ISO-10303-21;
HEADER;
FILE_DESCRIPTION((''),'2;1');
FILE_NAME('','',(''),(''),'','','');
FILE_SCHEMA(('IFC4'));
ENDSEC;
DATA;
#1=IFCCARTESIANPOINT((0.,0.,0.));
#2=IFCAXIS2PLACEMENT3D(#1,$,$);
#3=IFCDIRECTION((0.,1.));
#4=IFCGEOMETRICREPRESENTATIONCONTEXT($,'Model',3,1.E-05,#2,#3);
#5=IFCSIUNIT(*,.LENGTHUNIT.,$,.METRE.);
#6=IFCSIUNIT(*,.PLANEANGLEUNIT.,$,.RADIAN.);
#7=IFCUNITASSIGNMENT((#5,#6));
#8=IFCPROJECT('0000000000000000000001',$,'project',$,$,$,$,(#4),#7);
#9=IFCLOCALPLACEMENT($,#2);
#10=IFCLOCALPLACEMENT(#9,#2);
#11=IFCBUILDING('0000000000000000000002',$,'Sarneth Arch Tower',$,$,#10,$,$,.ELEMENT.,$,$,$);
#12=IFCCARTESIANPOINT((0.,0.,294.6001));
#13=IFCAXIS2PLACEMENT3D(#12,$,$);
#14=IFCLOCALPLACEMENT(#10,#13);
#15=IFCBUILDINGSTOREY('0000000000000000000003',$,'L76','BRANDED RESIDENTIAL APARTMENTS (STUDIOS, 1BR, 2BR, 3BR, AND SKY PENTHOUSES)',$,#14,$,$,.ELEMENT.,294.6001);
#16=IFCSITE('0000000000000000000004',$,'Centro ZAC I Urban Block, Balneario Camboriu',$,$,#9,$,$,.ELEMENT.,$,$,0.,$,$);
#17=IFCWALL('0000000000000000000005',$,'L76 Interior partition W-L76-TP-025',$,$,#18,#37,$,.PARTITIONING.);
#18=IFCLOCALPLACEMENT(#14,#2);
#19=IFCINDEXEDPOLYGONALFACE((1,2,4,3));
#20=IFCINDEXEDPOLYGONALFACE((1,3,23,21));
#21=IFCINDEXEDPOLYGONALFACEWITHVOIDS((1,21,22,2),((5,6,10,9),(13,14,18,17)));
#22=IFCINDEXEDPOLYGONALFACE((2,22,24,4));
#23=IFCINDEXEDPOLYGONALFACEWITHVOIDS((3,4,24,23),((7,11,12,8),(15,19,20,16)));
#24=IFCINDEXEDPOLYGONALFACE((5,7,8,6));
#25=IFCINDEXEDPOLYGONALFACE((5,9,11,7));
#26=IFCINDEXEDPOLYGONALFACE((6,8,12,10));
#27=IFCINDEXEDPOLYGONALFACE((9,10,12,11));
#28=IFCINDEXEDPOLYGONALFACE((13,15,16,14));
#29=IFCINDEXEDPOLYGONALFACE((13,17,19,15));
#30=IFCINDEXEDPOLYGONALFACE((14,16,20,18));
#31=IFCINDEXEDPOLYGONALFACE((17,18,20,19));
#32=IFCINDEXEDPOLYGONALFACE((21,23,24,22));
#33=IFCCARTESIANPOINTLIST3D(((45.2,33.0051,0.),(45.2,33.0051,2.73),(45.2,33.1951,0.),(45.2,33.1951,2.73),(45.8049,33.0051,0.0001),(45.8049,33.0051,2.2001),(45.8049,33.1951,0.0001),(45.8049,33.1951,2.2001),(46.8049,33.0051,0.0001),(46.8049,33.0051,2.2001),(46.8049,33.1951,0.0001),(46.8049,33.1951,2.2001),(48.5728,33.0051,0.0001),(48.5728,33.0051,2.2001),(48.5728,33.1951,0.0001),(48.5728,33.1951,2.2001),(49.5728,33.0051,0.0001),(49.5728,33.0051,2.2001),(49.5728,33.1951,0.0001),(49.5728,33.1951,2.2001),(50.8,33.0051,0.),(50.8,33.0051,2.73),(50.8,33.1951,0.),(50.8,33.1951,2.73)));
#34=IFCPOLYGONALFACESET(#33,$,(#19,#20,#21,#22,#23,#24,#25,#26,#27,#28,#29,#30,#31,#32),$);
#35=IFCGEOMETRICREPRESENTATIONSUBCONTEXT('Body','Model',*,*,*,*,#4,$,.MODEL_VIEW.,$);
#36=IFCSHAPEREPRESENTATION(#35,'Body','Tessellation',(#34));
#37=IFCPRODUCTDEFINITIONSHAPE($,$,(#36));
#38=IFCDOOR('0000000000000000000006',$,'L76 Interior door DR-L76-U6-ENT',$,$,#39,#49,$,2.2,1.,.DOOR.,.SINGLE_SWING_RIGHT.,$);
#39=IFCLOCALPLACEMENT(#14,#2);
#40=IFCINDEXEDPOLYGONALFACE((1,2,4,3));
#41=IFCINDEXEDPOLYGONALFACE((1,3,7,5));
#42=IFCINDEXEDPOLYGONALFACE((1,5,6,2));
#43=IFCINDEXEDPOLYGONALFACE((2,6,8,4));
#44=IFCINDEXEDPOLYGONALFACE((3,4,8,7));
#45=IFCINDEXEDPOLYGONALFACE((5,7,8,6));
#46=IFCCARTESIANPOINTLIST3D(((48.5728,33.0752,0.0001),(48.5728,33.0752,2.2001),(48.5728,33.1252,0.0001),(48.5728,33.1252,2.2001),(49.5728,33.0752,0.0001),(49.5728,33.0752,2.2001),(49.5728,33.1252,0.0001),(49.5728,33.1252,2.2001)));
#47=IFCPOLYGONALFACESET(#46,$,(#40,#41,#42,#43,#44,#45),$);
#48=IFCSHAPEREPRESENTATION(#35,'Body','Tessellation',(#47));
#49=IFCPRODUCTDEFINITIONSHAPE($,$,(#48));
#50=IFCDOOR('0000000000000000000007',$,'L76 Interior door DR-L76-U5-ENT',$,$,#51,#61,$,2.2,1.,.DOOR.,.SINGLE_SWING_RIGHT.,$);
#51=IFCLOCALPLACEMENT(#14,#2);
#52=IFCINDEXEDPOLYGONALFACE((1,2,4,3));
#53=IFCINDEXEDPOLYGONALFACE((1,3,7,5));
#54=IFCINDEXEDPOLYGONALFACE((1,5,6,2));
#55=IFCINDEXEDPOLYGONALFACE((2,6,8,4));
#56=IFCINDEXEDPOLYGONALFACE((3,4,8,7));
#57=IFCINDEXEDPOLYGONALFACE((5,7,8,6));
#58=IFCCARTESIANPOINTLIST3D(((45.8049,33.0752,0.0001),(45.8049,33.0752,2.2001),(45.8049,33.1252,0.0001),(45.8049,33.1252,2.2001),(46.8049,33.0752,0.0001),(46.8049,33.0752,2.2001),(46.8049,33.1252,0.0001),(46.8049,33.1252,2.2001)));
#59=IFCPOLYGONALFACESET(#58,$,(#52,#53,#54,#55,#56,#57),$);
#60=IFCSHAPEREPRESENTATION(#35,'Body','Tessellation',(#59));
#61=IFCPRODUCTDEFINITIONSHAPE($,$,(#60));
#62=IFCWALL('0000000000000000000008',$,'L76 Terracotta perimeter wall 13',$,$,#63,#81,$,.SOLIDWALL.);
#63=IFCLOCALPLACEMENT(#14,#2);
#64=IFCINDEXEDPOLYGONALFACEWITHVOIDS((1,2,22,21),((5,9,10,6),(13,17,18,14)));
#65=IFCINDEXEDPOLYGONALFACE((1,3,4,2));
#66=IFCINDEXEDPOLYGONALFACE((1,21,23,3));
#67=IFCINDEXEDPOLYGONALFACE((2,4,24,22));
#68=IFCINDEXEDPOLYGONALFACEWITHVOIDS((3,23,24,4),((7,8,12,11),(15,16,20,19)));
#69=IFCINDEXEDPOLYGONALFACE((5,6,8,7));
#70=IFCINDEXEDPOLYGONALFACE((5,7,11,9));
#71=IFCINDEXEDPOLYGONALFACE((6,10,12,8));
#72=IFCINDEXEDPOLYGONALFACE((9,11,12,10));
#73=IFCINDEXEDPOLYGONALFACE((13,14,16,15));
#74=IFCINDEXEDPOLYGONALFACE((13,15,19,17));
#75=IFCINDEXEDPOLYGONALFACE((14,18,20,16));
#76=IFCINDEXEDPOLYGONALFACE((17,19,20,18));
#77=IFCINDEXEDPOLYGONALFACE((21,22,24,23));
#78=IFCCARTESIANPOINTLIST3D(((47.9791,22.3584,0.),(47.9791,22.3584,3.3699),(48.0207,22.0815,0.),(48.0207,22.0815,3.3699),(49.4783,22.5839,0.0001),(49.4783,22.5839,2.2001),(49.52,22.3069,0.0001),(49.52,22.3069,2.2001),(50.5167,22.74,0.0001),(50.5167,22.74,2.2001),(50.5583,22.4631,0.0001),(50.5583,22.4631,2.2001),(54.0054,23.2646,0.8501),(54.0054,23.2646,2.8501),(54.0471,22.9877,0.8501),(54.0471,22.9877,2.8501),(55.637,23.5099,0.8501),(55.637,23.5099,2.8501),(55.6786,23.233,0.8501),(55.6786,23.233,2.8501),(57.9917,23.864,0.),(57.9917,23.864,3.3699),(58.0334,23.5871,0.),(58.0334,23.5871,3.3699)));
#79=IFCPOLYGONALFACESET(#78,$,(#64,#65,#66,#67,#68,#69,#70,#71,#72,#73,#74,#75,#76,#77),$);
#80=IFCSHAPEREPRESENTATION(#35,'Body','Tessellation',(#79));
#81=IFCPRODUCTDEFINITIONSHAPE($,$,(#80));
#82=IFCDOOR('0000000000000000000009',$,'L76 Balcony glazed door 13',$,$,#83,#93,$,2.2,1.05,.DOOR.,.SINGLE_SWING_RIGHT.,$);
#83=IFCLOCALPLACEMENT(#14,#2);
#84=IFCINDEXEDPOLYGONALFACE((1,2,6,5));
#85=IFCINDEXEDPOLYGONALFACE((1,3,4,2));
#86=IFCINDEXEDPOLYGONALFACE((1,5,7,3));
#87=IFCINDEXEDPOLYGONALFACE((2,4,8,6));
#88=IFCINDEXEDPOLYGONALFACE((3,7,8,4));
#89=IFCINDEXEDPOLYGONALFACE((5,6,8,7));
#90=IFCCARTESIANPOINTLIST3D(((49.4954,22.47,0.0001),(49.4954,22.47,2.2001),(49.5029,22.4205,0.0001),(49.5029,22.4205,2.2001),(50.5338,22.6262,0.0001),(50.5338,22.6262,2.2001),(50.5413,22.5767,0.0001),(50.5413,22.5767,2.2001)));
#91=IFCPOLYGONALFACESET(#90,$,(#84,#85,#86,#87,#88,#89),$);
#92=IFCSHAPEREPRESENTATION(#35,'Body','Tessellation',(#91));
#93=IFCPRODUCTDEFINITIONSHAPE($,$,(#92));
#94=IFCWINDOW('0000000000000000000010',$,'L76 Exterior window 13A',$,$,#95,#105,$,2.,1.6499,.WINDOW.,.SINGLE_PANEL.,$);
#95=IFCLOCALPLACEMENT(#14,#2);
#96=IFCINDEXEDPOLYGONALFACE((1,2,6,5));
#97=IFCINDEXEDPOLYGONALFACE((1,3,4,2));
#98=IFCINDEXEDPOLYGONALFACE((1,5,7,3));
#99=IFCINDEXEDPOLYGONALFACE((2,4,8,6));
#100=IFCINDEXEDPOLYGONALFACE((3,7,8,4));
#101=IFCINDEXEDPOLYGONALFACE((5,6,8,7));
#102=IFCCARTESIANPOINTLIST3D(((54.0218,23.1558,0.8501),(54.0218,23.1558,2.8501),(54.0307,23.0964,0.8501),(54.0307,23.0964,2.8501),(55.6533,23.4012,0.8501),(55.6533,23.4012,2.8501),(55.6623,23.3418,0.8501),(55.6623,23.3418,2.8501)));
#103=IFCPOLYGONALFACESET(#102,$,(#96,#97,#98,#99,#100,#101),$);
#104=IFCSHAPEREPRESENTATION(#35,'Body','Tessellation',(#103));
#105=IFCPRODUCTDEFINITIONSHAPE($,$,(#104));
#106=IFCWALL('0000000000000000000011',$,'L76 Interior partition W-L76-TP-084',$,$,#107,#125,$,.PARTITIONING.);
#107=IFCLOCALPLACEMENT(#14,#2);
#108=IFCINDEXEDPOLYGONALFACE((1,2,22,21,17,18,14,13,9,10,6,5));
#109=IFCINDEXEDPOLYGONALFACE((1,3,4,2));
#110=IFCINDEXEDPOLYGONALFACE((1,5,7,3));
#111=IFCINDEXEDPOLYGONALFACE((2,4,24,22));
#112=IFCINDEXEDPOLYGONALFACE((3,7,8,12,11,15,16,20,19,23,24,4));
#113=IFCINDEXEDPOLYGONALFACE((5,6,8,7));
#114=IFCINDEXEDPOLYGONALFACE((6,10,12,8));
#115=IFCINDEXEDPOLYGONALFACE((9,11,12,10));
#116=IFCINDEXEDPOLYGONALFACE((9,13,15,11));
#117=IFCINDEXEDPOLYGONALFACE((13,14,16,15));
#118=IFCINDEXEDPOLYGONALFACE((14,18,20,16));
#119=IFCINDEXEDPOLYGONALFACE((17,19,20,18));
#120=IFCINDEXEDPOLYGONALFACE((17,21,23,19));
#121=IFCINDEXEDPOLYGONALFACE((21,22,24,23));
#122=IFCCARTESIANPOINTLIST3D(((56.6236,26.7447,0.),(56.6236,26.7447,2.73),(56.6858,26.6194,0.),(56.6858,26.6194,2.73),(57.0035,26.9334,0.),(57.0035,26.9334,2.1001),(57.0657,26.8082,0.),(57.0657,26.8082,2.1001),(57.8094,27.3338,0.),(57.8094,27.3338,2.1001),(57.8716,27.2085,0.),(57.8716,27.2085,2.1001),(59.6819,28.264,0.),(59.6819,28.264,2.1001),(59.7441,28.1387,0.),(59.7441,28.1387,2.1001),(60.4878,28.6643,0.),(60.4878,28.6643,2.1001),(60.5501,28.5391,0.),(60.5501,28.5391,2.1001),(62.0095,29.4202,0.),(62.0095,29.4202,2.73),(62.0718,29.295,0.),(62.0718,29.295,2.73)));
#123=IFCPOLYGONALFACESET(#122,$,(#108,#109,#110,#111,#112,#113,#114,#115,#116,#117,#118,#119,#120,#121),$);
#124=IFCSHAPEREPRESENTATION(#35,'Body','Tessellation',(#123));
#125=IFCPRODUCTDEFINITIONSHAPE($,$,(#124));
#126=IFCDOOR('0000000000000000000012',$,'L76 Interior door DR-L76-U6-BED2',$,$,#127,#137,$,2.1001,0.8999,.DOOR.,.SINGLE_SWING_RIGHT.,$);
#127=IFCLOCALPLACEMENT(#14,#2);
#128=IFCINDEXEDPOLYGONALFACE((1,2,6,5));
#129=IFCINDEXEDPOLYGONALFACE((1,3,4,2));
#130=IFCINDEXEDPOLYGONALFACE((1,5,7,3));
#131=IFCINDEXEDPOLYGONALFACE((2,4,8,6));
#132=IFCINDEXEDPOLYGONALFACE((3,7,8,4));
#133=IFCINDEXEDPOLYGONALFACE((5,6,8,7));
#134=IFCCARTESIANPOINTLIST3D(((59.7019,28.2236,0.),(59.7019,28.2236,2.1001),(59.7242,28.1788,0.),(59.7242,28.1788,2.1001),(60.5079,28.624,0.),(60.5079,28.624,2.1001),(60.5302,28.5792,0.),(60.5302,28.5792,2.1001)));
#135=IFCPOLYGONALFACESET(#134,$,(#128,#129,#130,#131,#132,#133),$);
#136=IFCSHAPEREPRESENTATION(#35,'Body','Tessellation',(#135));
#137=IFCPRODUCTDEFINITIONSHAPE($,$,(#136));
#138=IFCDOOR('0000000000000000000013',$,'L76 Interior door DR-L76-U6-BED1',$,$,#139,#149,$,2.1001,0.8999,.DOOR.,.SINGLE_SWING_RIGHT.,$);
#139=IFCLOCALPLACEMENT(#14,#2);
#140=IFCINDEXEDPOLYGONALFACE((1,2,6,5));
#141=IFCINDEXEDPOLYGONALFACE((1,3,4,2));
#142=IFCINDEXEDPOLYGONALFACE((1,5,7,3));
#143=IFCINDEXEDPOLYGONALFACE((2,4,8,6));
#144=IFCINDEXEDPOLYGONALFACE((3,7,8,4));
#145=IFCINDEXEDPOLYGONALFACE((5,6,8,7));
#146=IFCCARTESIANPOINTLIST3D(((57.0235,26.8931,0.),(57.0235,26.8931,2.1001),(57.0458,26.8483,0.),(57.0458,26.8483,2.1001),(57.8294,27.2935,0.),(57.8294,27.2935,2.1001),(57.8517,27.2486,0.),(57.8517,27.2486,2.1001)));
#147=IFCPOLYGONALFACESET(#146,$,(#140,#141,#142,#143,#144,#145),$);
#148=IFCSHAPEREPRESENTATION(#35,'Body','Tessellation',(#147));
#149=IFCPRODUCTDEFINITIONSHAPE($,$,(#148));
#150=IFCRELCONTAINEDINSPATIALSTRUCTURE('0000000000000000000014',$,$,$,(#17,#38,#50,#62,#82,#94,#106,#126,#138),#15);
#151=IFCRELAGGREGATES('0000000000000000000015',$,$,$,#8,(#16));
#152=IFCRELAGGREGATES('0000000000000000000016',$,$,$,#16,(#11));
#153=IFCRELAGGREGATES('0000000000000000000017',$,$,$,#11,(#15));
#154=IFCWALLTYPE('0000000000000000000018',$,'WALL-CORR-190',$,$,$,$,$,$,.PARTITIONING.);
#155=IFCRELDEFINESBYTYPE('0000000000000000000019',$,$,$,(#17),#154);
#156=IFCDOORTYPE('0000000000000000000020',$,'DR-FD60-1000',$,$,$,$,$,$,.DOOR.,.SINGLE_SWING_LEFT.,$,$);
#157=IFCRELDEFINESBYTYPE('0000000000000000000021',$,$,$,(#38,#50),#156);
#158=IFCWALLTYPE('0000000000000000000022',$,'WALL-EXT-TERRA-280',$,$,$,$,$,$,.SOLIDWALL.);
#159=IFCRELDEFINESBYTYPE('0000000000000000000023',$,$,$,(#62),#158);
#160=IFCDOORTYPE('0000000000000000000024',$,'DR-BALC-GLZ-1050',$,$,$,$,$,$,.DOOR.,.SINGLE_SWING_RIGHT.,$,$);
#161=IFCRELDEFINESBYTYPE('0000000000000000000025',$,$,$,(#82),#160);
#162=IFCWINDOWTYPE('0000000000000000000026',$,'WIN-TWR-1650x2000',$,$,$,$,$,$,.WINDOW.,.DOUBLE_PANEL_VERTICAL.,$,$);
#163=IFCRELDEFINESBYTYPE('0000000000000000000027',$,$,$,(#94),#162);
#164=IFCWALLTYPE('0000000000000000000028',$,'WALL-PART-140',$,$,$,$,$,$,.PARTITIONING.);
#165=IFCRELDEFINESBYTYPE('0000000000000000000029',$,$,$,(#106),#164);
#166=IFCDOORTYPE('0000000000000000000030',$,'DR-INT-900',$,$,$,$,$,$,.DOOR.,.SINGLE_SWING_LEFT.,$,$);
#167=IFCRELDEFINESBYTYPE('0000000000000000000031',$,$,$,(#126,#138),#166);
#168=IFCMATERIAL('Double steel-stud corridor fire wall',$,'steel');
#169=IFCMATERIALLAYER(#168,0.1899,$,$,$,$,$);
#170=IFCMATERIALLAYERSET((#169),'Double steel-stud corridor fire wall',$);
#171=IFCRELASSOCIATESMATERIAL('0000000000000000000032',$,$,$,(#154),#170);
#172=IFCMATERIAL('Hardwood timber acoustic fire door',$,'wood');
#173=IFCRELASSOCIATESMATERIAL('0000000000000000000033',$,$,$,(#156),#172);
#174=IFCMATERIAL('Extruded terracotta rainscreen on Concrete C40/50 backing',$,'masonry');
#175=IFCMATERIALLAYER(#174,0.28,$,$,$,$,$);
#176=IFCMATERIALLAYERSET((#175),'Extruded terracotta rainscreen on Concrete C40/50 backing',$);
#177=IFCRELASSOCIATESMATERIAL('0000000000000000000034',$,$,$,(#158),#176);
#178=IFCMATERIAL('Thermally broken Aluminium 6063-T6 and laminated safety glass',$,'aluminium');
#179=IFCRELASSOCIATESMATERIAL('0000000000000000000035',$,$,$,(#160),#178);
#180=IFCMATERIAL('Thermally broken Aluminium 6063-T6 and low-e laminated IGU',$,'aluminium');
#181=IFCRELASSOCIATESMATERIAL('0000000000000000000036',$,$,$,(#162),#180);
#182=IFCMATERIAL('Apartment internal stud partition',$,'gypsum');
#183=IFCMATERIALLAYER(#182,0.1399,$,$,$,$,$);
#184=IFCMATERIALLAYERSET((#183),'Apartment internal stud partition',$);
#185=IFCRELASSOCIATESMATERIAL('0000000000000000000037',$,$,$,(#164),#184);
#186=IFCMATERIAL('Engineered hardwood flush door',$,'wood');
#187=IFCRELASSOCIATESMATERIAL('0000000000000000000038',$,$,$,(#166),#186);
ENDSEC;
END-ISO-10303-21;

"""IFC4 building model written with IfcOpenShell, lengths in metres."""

from ifc_helpers import new_model, si_unit, direction, frame, frame_2d, origin, place, context, subcontext, project, spatial, rectangle, extrude, material, layer, layer_set, type_object, element, fill, save


model = new_model("IFC4")

# Units and contexts
model_context = context("Model", 3, precision=1e-05, world=origin(), true_north=direction((0.0, 1.0)))
body_context = subcontext(model_context, "Body", "Model", "MODEL_VIEW")
ifc_project = project(units=[si_unit("LENGTHUNIT", "METRE"), si_unit("PLANEANGLEUNIT", "RADIAN")], contexts=[model_context])

# Site, building, storey
site_placement = place(None, origin())
site = spatial("IfcSite", under=ifc_project, at=site_placement, Name="Centro ZAC I Urban Block, Balneario Camboriu", CompositionType="ELEMENT", RefElevation=0.0)
building_placement = place(site_placement, origin())
building = spatial("IfcBuilding", under=site, at=building_placement, Name="Sarneth Arch Tower", CompositionType="ELEMENT")
storey_placement = place(building_placement, frame((0.0, 0.0, 294.6001)))
storey = spatial("IfcBuildingStorey", under=building, at=storey_placement, Name="L76", Description="BRANDED RESIDENTIAL APARTMENTS (STUDIOS, 1BR, 2BR, 3BR, AND SKY PENTHOUSES)", CompositionType="ELEMENT", Elevation=294.6001)

# Wall, openings, doors
ifc_material_1 = material(Name="Double steel-stud corridor fire wall", Category="steel")
ifc_layer_1 = layer(ifc_material_1, 0.1899)
ifc_layer_set_1 = layer_set([ifc_layer_1], Name="Double steel-stud corridor fire wall")
wall_type_1 = type_object("IfcWallType", Name="WALL-CORR-190", PredefinedType="PARTITIONING", material=ifc_layer_set_1)
wall_1_placement = place(storey_placement, frame((50.8, 33.1001, 0.0), z_axis=(0.0, 0.0, 1.0), x_axis=(-1.0, 0.0, 0.0)))
wall_1 = element("IfcWall", 1, at=wall_1_placement, inside=storey, type_object=wall_type_1, Name="L76 Interior partition W-L76-TP-025", PredefinedType="PARTITIONING", context=body_context, shape_type="SweptSolid", body=[
    extrude(rectangle(XDim=5.6001, YDim=0.1899, at=frame_2d((2.8, 0.0))), origin(), (0.0, 0.0, 1.0), 2.73),
])
opening_1_placement = place(wall_1_placement, frame((1.2273, 0.0, 0.0)))
opening_1 = element("IfcOpeningElement", 2, at=opening_1_placement, cuts=wall_1, PredefinedType="OPENING", context=body_context, shape_type="SweptSolid", body=[
    extrude(rectangle(XDim=1.0, YDim=2.2, at=frame_2d((0.5, 1.1001))), frame((0.0, 0.105, 0.0), z_axis=(0.0, -1.0, 0.0), x_axis=(1.0, 0.0, 0.0)), (0.0, 0.0, 1.0), 0.21),
])
opening_2_placement = place(wall_1_placement, frame((3.9951, 0.0, 0.0)))
opening_2 = element("IfcOpeningElement", 3, at=opening_2_placement, cuts=wall_1, PredefinedType="OPENING", context=body_context, shape_type="SweptSolid", body=[
    extrude(rectangle(XDim=1.0, YDim=2.2, at=frame_2d((0.5, 1.1001))), frame((0.0, 0.105, 0.0), z_axis=(0.0, -1.0, 0.0), x_axis=(1.0, 0.0, 0.0)), (0.0, 0.0, 1.0), 0.21),
])
ifc_material_2 = material(Name="Hardwood timber acoustic fire door", Category="wood")
door_type_1 = type_object("IfcDoorType", Name="DR-FD60-1000", OperationType="SINGLE_SWING_LEFT", PredefinedType="DOOR", material=ifc_material_2)
door_1_placement = place(opening_1_placement, origin())
door_1 = element("IfcDoor", 4, at=door_1_placement, inside=storey, type_object=door_type_1, Name="L76 Interior door DR-L76-U6-ENT", OperationType="SINGLE_SWING_RIGHT", OverallHeight=2.2, OverallWidth=1.0, PredefinedType="DOOR", context=body_context, shape_type="SweptSolid", body=[
    extrude(rectangle(XDim=1.0, YDim=2.2, at=frame_2d((0.5, 1.1001))), frame((0.0, 0.0249, 0.0), z_axis=(0.0, -1.0, 0.0), x_axis=(1.0, 0.0, 0.0)), (0.0, 0.0, 1.0), 0.05),
])
fill(opening_1, door_1)
door_2_placement = place(opening_2_placement, origin())
door_2 = element("IfcDoor", 5, at=door_2_placement, inside=storey, type_object=door_type_1, Name="L76 Interior door DR-L76-U5-ENT", OperationType="SINGLE_SWING_RIGHT", OverallHeight=2.2, OverallWidth=1.0, PredefinedType="DOOR", context=body_context, shape_type="SweptSolid", body=[
    extrude(rectangle(XDim=1.0, YDim=2.2, at=frame_2d((0.5, 1.1001))), frame((0.0, 0.0249, 0.0), z_axis=(0.0, -1.0, 0.0), x_axis=(1.0, 0.0, 0.0)), (0.0, 0.0, 1.0), 0.05),
])
fill(opening_2, door_2)

# Wall, openings, door, window
ifc_material_3 = material(Name="Extruded terracotta rainscreen on Concrete C40/50 backing", Category="masonry")
ifc_layer_2 = layer(ifc_material_3, 0.28)
ifc_layer_set_2 = layer_set([ifc_layer_2], Name="Extruded terracotta rainscreen on Concrete C40/50 backing")
wall_type_2 = type_object("IfcWallType", Name="WALL-EXT-TERRA-280", PredefinedType="SOLIDWALL", material=ifc_layer_set_2)
wall_2_placement = place(storey_placement, frame((48.0, 22.22, 0.0), z_axis=(0.0, 0.0, 1.0), x_axis=(0.988883, 0.148699, 0.0)))
wall_2 = element("IfcWall", 6, at=wall_2_placement, inside=storey, type_object=wall_type_2, Name="L76 Terracotta perimeter wall 13", PredefinedType="SOLIDWALL", context=body_context, shape_type="SweptSolid", body=[
    extrude(rectangle(XDim=10.1252, YDim=0.28, at=frame_2d((5.0625, 0.0))), origin(), (0.0, 0.0, 1.0), 3.3699),
])
opening_3_placement = place(wall_2_placement, frame((1.5161, 0.0, 0.0)))
opening_3 = element("IfcOpeningElement", 7, at=opening_3_placement, cuts=wall_2, PredefinedType="OPENING", context=body_context, shape_type="SweptSolid", body=[
    extrude(rectangle(XDim=1.05, YDim=2.2, at=frame_2d((0.5249, 1.1001))), frame((0.0, 0.1499, 0.0), z_axis=(0.0, -1.0, 0.0), x_axis=(1.0, 0.0, 0.0)), (0.0, 0.0, 1.0), 0.3),
])
opening_4_placement = place(wall_2_placement, frame((6.094, 0.0, 0.8501)))
opening_4 = element("IfcOpeningElement", 8, at=opening_4_placement, cuts=wall_2, PredefinedType="OPENING", context=body_context, shape_type="SweptSolid", body=[
    extrude(rectangle(XDim=1.6499, YDim=2.0, at=frame_2d((0.825, 1.0))), frame((0.0, 0.1499, 0.0), z_axis=(0.0, -1.0, 0.0), x_axis=(1.0, 0.0, 0.0)), (0.0, 0.0, 1.0), 0.3),
])
ifc_material_4 = material(Name="Thermally broken Aluminium 6063-T6 and laminated safety glass", Category="aluminium")
door_type_2 = type_object("IfcDoorType", Name="DR-BALC-GLZ-1050", OperationType="SINGLE_SWING_RIGHT", PredefinedType="DOOR", material=ifc_material_4)
door_3_placement = place(opening_3_placement, origin())
door_3 = element("IfcDoor", 9, at=door_3_placement, inside=storey, type_object=door_type_2, Name="L76 Balcony glazed door 13", OperationType="SINGLE_SWING_RIGHT", OverallHeight=2.2, OverallWidth=1.05, PredefinedType="DOOR", context=body_context, shape_type="SweptSolid", body=[
    extrude(rectangle(XDim=1.05, YDim=2.2, at=frame_2d((0.5249, 1.1001))), frame((0.0, 0.0249, 0.0), z_axis=(0.0, -1.0, 0.0), x_axis=(1.0, 0.0, 0.0)), (0.0, 0.0, 1.0), 0.05),
])
fill(opening_3, door_3)
ifc_material_5 = material(Name="Thermally broken Aluminium 6063-T6 and low-e laminated IGU", Category="aluminium")
window_type = type_object("IfcWindowType", Name="WIN-TWR-1650x2000", PartitioningType="DOUBLE_PANEL_VERTICAL", PredefinedType="WINDOW", material=ifc_material_5)
window_placement = place(opening_4_placement, origin())
window = element("IfcWindow", 10, at=window_placement, inside=storey, type_object=window_type, Name="L76 Exterior window 13A", OverallHeight=2.0, OverallWidth=1.6499, PartitioningType="SINGLE_PANEL", PredefinedType="WINDOW", context=body_context, shape_type="SweptSolid", body=[
    extrude(rectangle(XDim=1.6499, YDim=2.0, at=frame_2d((0.825, 1.0))), frame((0.0, 0.03, 0.0), z_axis=(0.0, -1.0, 0.0), x_axis=(1.0, 0.0, 0.0)), (0.0, 0.0, 1.0), 0.0601),
])
fill(opening_4, window)

# Wall, openings, doors
ifc_material_6 = material(Name="Apartment internal stud partition", Category="gypsum")
ifc_layer_3 = layer(ifc_material_6, 0.1399)
ifc_layer_set_3 = layer_set([ifc_layer_3], Name="Apartment internal stud partition")
wall_type_3 = type_object("IfcWallType", Name="WALL-PART-140", PredefinedType="PARTITIONING", material=ifc_layer_set_3)
wall_3_placement = place(storey_placement, frame((56.6548, 26.6821, 0.0), z_axis=(0.0, 0.0, 1.0), x_axis=(0.895585, 0.44489, 0.0)))
wall_3 = element("IfcWall", 11, at=wall_3_placement, inside=storey, type_object=wall_type_3, Name="L76 Interior partition W-L76-TP-084", PredefinedType="PARTITIONING", context=body_context, shape_type="SweptSolid", body=[
    extrude(rectangle(XDim=6.0139, YDim=0.1399, at=frame_2d((3.0068, 0.0))), origin(), (0.0, 0.0, 1.0), 2.73),
])
opening_5_placement = place(wall_3_placement, frame((3.4148, 0.0, 0.0)))
opening_5 = element("IfcOpeningElement", 12, at=opening_5_placement, cuts=wall_3, PredefinedType="OPENING", context=body_context, shape_type="SweptSolid", body=[
    extrude(rectangle(XDim=0.8999, YDim=2.1001, at=frame_2d((0.45, 1.05))), frame((0.0, 0.0798, 0.0), z_axis=(0.0, -1.0, 0.0), x_axis=(1.0, 0.0, 0.0)), (0.0, 0.0, 1.0), 0.1599),
])
opening_6_placement = place(wall_3_placement, frame((0.4241, 0.0, 0.0)))
opening_6 = element("IfcOpeningElement", 13, at=opening_6_placement, cuts=wall_3, PredefinedType="OPENING", context=body_context, shape_type="SweptSolid", body=[
    extrude(rectangle(XDim=0.8999, YDim=2.1001, at=frame_2d((0.45, 1.05))), frame((0.0, 0.0798, 0.0), z_axis=(0.0, -1.0, 0.0), x_axis=(1.0, 0.0, 0.0)), (0.0, 0.0, 1.0), 0.1599),
])
ifc_material_7 = material(Name="Engineered hardwood flush door", Category="wood")
door_type_3 = type_object("IfcDoorType", Name="DR-INT-900", OperationType="SINGLE_SWING_LEFT", PredefinedType="DOOR", material=ifc_material_7)
door_4_placement = place(opening_5_placement, origin())
door_4 = element("IfcDoor", 14, at=door_4_placement, inside=storey, type_object=door_type_3, Name="L76 Interior door DR-L76-U6-BED2", OperationType="SINGLE_SWING_RIGHT", OverallHeight=2.1001, OverallWidth=0.8999, PredefinedType="DOOR", context=body_context, shape_type="SweptSolid", body=[
    extrude(rectangle(XDim=0.8999, YDim=2.1001, at=frame_2d((0.45, 1.05))), frame((0.0, 0.0249, 0.0), z_axis=(0.0, -1.0, 0.0), x_axis=(1.0, 0.0, 0.0)), (0.0, 0.0, 1.0), 0.05),
])
fill(opening_5, door_4)
door_5_placement = place(opening_6_placement, origin())
door_5 = element("IfcDoor", 15, at=door_5_placement, inside=storey, type_object=door_type_3, Name="L76 Interior door DR-L76-U6-BED1", OperationType="SINGLE_SWING_RIGHT", OverallHeight=2.1001, OverallWidth=0.8999, PredefinedType="DOOR", context=body_context, shape_type="SweptSolid", body=[
    extrude(rectangle(XDim=0.8999, YDim=2.1001, at=frame_2d((0.45, 1.05))), frame((0.0, 0.0249, 0.0), z_axis=(0.0, -1.0, 0.0), x_axis=(1.0, 0.0, 0.0)), (0.0, 0.0, 1.0), 0.05),
])
fill(opening_6, door_5)

save(model, "model.ifc")
